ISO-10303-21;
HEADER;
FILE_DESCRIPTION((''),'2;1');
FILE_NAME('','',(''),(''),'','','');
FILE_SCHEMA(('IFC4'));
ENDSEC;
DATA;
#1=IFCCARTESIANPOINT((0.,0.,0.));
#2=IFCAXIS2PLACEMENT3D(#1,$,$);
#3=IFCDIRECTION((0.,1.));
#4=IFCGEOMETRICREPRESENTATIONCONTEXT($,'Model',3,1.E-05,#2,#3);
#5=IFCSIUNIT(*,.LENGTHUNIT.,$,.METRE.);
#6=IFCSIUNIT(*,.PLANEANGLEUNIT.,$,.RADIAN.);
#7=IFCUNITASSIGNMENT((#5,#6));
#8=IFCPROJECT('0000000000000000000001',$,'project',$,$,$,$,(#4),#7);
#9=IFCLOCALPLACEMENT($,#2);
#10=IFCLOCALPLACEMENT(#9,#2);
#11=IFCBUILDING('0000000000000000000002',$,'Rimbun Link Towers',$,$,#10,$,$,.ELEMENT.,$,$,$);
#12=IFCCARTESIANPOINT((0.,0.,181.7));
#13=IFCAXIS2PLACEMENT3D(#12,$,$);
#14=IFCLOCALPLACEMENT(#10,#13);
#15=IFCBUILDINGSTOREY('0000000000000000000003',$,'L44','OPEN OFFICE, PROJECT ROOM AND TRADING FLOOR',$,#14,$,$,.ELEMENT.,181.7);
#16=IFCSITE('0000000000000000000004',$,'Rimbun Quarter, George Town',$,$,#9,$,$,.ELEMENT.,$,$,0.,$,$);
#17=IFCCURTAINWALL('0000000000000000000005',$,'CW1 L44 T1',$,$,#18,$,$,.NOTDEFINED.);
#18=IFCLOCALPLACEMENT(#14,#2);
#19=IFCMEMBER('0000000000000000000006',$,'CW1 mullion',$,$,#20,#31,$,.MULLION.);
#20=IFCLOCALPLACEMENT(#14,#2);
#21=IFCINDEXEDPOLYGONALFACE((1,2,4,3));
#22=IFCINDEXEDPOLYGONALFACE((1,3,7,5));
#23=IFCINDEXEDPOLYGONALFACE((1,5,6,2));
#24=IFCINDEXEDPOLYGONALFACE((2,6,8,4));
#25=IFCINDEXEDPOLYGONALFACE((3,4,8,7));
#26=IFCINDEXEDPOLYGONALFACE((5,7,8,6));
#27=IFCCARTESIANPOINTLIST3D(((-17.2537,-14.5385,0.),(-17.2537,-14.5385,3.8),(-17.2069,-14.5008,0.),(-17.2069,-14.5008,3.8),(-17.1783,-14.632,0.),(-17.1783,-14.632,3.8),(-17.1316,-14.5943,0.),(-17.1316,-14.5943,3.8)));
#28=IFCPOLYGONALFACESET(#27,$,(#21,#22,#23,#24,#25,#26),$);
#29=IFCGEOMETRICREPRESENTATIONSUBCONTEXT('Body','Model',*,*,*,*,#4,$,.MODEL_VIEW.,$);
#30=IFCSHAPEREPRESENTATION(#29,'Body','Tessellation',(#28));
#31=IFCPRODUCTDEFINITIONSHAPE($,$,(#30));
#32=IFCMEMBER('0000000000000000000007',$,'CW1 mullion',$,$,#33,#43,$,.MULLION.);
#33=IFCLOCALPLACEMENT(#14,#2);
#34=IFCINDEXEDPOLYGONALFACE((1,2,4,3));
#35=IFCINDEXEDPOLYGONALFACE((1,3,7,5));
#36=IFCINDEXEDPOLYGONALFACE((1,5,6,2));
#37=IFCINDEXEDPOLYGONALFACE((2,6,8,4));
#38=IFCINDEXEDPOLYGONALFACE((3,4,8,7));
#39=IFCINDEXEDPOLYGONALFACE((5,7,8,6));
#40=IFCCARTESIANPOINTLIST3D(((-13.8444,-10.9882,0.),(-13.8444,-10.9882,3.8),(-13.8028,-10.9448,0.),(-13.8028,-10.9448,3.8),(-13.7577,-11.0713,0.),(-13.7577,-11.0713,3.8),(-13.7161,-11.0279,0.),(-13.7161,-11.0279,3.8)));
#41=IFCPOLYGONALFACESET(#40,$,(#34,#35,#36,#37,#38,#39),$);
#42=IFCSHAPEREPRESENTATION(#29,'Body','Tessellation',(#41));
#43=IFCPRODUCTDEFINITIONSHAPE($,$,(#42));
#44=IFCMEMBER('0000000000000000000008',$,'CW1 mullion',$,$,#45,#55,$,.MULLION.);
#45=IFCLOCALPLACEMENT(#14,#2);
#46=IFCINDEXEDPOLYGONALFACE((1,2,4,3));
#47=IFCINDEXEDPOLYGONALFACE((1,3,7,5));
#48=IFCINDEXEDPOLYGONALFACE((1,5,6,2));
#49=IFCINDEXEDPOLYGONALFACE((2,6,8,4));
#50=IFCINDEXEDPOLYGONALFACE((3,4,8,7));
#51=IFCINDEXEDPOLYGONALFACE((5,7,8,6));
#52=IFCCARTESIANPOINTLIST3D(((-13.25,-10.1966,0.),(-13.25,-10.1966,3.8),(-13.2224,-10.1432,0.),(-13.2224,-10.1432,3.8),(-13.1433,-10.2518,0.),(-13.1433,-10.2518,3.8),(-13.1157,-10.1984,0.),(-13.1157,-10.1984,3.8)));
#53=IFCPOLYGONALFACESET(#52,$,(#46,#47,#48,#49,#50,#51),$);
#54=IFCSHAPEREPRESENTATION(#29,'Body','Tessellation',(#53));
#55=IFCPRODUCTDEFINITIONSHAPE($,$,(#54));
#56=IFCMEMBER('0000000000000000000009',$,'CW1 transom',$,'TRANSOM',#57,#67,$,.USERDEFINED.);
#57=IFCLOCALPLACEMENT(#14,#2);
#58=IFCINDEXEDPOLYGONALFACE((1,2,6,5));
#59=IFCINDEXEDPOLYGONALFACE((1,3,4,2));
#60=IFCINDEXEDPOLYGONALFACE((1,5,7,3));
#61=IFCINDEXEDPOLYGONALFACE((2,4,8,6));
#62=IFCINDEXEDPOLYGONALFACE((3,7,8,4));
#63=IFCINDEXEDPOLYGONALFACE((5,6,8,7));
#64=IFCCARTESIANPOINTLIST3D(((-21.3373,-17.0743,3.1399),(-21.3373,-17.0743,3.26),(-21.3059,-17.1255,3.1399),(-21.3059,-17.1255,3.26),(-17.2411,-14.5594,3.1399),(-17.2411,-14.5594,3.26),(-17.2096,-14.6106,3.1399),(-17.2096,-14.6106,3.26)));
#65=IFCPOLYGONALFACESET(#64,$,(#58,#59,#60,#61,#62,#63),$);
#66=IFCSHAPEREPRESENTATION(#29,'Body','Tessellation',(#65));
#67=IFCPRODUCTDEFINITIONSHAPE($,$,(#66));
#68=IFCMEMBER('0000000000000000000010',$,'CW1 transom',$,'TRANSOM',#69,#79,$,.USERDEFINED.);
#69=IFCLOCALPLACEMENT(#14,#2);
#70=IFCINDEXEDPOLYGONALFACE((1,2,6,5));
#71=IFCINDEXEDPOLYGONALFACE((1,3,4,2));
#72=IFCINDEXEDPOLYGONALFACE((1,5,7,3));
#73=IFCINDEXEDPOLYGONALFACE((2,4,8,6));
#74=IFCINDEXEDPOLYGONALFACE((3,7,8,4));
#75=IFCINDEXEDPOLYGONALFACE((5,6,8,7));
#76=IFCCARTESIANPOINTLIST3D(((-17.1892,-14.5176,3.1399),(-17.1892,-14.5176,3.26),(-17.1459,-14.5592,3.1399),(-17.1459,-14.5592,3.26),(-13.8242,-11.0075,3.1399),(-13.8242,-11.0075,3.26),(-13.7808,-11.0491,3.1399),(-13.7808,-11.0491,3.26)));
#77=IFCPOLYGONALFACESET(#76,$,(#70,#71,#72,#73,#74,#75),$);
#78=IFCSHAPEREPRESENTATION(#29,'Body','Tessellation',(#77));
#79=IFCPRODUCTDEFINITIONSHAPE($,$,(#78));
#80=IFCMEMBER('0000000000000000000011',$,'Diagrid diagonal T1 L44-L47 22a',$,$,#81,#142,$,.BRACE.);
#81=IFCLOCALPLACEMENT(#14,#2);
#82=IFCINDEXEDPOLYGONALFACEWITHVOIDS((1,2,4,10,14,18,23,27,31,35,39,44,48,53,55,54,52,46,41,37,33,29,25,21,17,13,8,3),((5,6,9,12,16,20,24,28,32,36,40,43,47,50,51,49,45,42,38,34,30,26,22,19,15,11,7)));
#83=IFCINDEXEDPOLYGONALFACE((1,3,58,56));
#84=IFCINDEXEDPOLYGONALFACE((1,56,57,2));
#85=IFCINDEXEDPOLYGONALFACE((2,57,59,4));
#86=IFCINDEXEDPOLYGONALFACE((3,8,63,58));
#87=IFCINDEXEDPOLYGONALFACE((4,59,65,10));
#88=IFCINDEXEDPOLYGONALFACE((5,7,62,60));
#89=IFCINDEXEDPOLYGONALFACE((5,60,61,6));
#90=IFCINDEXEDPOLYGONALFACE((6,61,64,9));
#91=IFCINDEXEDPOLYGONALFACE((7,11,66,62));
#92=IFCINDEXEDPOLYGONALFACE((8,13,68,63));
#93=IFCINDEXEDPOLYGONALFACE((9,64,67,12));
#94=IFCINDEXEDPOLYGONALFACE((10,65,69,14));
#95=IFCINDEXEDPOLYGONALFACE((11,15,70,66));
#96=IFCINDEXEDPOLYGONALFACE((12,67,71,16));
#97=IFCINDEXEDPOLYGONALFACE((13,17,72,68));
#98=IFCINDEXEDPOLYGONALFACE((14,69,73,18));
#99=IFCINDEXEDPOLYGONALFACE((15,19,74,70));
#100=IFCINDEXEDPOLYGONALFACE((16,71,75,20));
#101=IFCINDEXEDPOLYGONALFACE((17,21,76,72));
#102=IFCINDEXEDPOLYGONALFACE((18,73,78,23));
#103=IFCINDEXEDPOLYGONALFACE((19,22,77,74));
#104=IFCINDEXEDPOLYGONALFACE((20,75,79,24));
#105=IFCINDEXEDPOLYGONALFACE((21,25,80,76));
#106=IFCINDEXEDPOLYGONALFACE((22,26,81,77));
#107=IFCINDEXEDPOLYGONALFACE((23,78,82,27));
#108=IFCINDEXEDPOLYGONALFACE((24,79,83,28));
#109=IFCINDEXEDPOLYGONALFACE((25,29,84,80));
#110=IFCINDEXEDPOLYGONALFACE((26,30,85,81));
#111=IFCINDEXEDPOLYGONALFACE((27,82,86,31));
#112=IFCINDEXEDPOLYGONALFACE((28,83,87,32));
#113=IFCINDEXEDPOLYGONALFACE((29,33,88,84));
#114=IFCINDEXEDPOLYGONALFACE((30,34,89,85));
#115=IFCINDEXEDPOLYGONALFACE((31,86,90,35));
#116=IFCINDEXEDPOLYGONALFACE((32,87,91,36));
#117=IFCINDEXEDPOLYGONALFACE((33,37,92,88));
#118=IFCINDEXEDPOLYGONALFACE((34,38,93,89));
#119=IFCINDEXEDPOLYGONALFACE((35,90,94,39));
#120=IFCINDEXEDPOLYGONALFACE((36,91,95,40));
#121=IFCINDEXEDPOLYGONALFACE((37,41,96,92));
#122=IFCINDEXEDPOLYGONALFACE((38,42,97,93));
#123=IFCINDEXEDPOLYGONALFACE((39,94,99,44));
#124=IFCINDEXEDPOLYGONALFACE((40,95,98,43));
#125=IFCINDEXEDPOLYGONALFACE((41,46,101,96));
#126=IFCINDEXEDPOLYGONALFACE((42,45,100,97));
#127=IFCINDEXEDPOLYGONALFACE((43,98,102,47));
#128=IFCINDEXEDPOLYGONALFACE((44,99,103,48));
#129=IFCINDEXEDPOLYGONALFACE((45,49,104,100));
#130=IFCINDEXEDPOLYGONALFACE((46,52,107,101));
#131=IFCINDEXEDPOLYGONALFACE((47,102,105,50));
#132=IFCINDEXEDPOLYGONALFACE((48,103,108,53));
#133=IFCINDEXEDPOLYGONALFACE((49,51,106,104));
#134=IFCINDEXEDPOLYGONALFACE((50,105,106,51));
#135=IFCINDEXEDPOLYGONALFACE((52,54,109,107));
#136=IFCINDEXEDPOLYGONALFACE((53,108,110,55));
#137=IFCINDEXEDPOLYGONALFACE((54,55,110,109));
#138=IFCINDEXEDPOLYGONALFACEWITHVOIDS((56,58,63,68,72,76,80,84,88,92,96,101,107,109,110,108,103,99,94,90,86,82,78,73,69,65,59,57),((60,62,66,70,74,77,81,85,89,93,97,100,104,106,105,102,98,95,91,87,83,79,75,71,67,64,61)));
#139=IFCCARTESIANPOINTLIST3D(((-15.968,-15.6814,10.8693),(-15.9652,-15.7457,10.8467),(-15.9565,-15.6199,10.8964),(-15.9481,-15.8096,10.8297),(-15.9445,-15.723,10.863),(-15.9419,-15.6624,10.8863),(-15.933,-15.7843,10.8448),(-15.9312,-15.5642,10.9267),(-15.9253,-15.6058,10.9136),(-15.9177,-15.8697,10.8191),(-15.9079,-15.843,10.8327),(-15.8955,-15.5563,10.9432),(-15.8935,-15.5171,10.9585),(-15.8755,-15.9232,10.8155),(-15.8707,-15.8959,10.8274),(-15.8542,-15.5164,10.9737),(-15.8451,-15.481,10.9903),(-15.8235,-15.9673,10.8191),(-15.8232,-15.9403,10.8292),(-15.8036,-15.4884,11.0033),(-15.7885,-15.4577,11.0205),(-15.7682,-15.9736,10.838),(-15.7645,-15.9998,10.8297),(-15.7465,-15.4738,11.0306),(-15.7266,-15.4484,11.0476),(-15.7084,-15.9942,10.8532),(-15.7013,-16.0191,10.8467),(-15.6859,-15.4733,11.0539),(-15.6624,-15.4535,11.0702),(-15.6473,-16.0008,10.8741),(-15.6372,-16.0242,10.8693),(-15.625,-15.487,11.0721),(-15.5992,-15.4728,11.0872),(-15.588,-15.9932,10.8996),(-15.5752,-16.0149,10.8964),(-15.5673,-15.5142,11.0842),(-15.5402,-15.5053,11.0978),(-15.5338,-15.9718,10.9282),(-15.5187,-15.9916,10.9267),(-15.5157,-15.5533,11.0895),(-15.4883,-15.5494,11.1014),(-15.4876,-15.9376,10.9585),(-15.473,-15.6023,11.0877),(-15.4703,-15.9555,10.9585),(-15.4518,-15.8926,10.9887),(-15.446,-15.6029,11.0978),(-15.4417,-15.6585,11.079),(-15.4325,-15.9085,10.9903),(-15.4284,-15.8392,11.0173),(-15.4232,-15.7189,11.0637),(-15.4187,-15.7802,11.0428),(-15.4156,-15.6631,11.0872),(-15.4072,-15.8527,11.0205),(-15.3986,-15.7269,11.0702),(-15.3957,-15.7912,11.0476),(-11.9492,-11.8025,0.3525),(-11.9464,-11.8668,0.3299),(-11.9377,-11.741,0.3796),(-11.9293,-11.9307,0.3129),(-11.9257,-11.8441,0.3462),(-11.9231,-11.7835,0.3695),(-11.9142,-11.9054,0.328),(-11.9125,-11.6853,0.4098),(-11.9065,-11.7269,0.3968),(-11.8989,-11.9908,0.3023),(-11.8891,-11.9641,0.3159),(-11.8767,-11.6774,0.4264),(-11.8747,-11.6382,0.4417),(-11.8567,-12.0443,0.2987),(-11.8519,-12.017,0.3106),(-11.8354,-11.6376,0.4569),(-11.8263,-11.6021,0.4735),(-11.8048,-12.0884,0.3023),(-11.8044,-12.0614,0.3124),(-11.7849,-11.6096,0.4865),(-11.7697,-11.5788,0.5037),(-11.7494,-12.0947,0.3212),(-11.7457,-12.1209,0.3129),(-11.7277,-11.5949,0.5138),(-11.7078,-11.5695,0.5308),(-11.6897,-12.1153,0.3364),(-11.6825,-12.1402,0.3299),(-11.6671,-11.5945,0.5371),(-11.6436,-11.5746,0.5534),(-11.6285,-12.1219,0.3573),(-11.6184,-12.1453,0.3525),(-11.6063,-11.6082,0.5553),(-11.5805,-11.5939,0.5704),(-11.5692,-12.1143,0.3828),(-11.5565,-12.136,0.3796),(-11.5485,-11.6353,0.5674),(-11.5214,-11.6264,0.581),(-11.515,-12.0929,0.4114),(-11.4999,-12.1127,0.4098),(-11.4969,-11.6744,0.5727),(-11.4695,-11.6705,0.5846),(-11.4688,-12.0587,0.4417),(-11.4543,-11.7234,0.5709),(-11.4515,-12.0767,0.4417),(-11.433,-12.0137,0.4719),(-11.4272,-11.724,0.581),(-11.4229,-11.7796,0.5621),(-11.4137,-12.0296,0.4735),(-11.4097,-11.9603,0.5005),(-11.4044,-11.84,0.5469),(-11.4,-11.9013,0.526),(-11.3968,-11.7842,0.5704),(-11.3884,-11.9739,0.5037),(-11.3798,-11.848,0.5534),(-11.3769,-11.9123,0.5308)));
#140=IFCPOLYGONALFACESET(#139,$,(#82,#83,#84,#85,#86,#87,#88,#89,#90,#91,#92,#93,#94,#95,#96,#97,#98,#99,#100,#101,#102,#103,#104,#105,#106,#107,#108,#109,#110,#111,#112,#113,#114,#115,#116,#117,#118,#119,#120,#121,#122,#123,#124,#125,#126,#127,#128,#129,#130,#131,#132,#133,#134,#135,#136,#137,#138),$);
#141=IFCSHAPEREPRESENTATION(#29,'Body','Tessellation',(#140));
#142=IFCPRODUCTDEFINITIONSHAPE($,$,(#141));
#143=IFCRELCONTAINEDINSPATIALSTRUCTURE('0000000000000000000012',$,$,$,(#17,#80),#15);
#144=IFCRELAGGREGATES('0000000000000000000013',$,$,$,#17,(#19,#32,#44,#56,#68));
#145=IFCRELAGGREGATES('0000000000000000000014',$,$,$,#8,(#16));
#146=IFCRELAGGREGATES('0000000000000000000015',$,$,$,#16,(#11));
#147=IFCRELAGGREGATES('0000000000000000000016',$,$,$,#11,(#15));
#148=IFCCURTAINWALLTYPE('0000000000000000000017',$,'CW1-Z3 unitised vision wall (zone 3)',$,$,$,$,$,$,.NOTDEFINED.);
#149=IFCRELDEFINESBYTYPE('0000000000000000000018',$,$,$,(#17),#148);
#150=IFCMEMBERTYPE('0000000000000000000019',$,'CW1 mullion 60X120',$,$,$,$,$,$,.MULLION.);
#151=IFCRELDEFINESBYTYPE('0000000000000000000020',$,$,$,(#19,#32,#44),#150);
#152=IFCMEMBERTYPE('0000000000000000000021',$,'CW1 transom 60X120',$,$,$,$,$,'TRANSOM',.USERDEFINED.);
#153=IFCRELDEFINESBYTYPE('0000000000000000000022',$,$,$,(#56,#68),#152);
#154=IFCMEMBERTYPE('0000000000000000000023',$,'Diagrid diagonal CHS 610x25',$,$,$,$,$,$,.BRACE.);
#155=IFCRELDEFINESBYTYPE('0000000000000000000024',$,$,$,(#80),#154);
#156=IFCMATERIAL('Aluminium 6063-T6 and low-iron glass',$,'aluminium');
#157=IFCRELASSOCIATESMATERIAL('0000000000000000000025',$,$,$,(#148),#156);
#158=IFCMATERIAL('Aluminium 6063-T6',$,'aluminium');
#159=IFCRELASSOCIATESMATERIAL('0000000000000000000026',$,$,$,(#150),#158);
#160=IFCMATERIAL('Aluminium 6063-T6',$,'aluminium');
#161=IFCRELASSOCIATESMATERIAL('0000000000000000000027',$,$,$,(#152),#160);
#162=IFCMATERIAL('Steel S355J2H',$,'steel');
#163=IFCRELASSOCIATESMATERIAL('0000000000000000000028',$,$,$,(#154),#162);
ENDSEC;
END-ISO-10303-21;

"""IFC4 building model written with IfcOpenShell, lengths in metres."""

from ifc_helpers import new_model, si_unit, direction, frame, origin, origin_2d, place, context, subcontext, project, spatial, rectangle, hollow_circle, extrude, material, material_profile, profile_set, type_object, element, aggregate, save


model = new_model("IFC4")

# Units and contexts
model_context = context("Model", 3, precision=1e-05, world=origin(), true_north=direction((0.0, 1.0)))
body_context = subcontext(model_context, "Body", "Model", "MODEL_VIEW")
ifc_project = project(units=[si_unit("LENGTHUNIT", "METRE"), si_unit("PLANEANGLEUNIT", "RADIAN")], contexts=[model_context])

# Site, building, storey
site_placement = place(None, origin())
site = spatial("IfcSite", under=ifc_project, at=site_placement, Name="Rimbun Quarter, George Town", CompositionType="ELEMENT", RefElevation=0.0)
building_placement = place(site_placement, origin())
building = spatial("IfcBuilding", under=site, at=building_placement, Name="Rimbun Link Towers", CompositionType="ELEMENT")
storey_placement = place(building_placement, frame((0.0, 0.0, 181.7)))
storey = spatial("IfcBuildingStorey", under=building, at=storey_placement, Name="L44", Description="OPEN OFFICE, PROJECT ROOM AND TRADING FLOOR", CompositionType="ELEMENT", Elevation=181.7)

# Curtain wall, members
ifc_material_1 = material(Name="Aluminium 6063-T6 and low-iron glass", Category="aluminium")
curtain_wall_type = type_object("IfcCurtainWallType", Name="CW1-Z3 unitised vision wall (zone 3)", PredefinedType="NOTDEFINED", material=ifc_material_1)
curtain_wall_placement = place(storey_placement, origin())
curtain_wall = element("IfcCurtainWall", 1, at=curtain_wall_placement, inside=storey, type_object=curtain_wall_type, Name="CW1 L44 T1", PredefinedType="NOTDEFINED")
ifc_material_2 = material(Name="Aluminium 6063-T6", Category="aluminium")
ifc_material_profile_1 = material_profile(ifc_material_2, rectangle(XDim=0.1201, YDim=0.0601, at=origin_2d()), Name="MULLION 60X120")
ifc_profile_set_1 = profile_set([ifc_material_profile_1], Name="Aluminium 6063-T6")
member_type_1 = type_object("IfcMemberType", Name="CW1 mullion 60X120", PredefinedType="MULLION", material=ifc_profile_set_1)
member_1_placement = place(storey_placement, frame((-17.1926, -14.5664, 0.0), z_axis=(0.0, 0.0, 1.0), x_axis=(0.627666, -0.778483, 0.0)))
member_1 = element("IfcMember", 2, at=member_1_placement, type_object=member_type_1, Name="CW1 mullion", PredefinedType="MULLION", context=body_context, shape_type="SweptSolid", body=[
    extrude(rectangle(XDim=0.1201, YDim=0.0601, at=origin_2d()), origin(), (0.0, 0.0, 1.0), 3.8),
])
member_2_placement = place(storey_placement, frame((-13.7803, -11.0081, 0.0), z_axis=(0.0, 0.0, 1.0), x_axis=(0.721843, -0.692057, 0.0)))
member_2 = element("IfcMember", 3, at=member_2_placement, type_object=member_type_1, Name="CW1 mullion", PredefinedType="MULLION", context=body_context, shape_type="SweptSolid", body=[
    extrude(rectangle(XDim=0.1201, YDim=0.0601, at=origin_2d()), origin(), (0.0, 0.0, 1.0), 3.8),
])
member_3_placement = place(storey_placement, frame((-13.1829, -10.1975, 0.0), z_axis=(0.0, 0.0, 1.0), x_axis=(0.88815, -0.459554, 0.0)))
member_3 = element("IfcMember", 4, at=member_3_placement, type_object=member_type_1, Name="CW1 mullion", PredefinedType="MULLION", context=body_context, shape_type="SweptSolid", body=[
    extrude(rectangle(XDim=0.1201, YDim=0.0601, at=origin_2d()), origin(), (0.0, 0.0, 1.0), 3.8),
])
ifc_material_3 = material(Name="Aluminium 6063-T6", Category="aluminium")
ifc_material_profile_2 = material_profile(ifc_material_3, rectangle(XDim=0.0601, YDim=0.1201, at=origin_2d()), Name="TRANSOM 60X120")
ifc_profile_set_2 = profile_set([ifc_material_profile_2], Name="Aluminium 6063-T6")
member_type_2 = type_object("IfcMemberType", Name="CW1 transom 60X120", ElementType="TRANSOM", PredefinedType="USERDEFINED", material=ifc_profile_set_2)
member_4_placement = place(storey_placement, frame((-17.2253, -14.585, 3.2), z_axis=(-0.8522, -0.523216, 0.0), x_axis=(0.523216, -0.8522, 0.0)))
member_4 = element("IfcMember", 5, at=member_4_placement, type_object=member_type_2, Name="CW1 transom", ObjectType="TRANSOM", PredefinedType="USERDEFINED", context=body_context, shape_type="SweptSolid", body=[
    extrude(rectangle(XDim=0.0601, YDim=0.1201, at=origin_2d()), origin(), (0.0, 0.0, 1.0), 4.8066),
])
member_5_placement = place(storey_placement, frame((-13.8025, -11.0283, 3.2), z_axis=(-0.692037, -0.721862, 0.0), x_axis=(0.721862, -0.692037, 0.0)))
member_5 = element("IfcMember", 6, at=member_5_placement, type_object=member_type_2, Name="CW1 transom", ObjectType="TRANSOM", PredefinedType="USERDEFINED", context=body_context, shape_type="SweptSolid", body=[
    extrude(rectangle(XDim=0.0601, YDim=0.1201, at=origin_2d()), origin(), (0.0, 0.0, 1.0), 4.8625),
])

# Member
ifc_material_4 = material(Name="Steel S355J2H", Category="steel")
ifc_material_profile_3 = material_profile(ifc_material_4, hollow_circle(Radius=0.3047, WallThickness=0.0249, at=origin_2d()), Name="Diagrid diagonal CHS 610x25")
ifc_profile_set_3 = profile_set([ifc_material_profile_3], Name="Steel S355J2H")
member_type_3 = type_object("IfcMemberType", Name="Diagrid diagonal CHS 610x25", PredefinedType="BRACE", material=ifc_profile_set_3)
member_6_placement = place(storey_placement, frame((-11.6631, -11.8574, 0.4417), z_axis=(-0.337487, -0.325739, 0.883174), x_axis=(0.694473, -0.719519, 0.0)))
element("IfcMember", 7, at=member_6_placement, inside=storey, type_object=member_type_3, Name="Diagrid diagonal T1 L44-L47 22a", PredefinedType="BRACE", context=body_context, shape_type="SweptSolid", body=[
    extrude(hollow_circle(Radius=0.3047, WallThickness=0.0249, at=origin_2d()), origin(), (0.0, 0.0, 1.0), 11.908),
])

aggregate(curtain_wall, [member_1, member_2, member_3, member_4, member_5])

save(model, "model.ifc")
